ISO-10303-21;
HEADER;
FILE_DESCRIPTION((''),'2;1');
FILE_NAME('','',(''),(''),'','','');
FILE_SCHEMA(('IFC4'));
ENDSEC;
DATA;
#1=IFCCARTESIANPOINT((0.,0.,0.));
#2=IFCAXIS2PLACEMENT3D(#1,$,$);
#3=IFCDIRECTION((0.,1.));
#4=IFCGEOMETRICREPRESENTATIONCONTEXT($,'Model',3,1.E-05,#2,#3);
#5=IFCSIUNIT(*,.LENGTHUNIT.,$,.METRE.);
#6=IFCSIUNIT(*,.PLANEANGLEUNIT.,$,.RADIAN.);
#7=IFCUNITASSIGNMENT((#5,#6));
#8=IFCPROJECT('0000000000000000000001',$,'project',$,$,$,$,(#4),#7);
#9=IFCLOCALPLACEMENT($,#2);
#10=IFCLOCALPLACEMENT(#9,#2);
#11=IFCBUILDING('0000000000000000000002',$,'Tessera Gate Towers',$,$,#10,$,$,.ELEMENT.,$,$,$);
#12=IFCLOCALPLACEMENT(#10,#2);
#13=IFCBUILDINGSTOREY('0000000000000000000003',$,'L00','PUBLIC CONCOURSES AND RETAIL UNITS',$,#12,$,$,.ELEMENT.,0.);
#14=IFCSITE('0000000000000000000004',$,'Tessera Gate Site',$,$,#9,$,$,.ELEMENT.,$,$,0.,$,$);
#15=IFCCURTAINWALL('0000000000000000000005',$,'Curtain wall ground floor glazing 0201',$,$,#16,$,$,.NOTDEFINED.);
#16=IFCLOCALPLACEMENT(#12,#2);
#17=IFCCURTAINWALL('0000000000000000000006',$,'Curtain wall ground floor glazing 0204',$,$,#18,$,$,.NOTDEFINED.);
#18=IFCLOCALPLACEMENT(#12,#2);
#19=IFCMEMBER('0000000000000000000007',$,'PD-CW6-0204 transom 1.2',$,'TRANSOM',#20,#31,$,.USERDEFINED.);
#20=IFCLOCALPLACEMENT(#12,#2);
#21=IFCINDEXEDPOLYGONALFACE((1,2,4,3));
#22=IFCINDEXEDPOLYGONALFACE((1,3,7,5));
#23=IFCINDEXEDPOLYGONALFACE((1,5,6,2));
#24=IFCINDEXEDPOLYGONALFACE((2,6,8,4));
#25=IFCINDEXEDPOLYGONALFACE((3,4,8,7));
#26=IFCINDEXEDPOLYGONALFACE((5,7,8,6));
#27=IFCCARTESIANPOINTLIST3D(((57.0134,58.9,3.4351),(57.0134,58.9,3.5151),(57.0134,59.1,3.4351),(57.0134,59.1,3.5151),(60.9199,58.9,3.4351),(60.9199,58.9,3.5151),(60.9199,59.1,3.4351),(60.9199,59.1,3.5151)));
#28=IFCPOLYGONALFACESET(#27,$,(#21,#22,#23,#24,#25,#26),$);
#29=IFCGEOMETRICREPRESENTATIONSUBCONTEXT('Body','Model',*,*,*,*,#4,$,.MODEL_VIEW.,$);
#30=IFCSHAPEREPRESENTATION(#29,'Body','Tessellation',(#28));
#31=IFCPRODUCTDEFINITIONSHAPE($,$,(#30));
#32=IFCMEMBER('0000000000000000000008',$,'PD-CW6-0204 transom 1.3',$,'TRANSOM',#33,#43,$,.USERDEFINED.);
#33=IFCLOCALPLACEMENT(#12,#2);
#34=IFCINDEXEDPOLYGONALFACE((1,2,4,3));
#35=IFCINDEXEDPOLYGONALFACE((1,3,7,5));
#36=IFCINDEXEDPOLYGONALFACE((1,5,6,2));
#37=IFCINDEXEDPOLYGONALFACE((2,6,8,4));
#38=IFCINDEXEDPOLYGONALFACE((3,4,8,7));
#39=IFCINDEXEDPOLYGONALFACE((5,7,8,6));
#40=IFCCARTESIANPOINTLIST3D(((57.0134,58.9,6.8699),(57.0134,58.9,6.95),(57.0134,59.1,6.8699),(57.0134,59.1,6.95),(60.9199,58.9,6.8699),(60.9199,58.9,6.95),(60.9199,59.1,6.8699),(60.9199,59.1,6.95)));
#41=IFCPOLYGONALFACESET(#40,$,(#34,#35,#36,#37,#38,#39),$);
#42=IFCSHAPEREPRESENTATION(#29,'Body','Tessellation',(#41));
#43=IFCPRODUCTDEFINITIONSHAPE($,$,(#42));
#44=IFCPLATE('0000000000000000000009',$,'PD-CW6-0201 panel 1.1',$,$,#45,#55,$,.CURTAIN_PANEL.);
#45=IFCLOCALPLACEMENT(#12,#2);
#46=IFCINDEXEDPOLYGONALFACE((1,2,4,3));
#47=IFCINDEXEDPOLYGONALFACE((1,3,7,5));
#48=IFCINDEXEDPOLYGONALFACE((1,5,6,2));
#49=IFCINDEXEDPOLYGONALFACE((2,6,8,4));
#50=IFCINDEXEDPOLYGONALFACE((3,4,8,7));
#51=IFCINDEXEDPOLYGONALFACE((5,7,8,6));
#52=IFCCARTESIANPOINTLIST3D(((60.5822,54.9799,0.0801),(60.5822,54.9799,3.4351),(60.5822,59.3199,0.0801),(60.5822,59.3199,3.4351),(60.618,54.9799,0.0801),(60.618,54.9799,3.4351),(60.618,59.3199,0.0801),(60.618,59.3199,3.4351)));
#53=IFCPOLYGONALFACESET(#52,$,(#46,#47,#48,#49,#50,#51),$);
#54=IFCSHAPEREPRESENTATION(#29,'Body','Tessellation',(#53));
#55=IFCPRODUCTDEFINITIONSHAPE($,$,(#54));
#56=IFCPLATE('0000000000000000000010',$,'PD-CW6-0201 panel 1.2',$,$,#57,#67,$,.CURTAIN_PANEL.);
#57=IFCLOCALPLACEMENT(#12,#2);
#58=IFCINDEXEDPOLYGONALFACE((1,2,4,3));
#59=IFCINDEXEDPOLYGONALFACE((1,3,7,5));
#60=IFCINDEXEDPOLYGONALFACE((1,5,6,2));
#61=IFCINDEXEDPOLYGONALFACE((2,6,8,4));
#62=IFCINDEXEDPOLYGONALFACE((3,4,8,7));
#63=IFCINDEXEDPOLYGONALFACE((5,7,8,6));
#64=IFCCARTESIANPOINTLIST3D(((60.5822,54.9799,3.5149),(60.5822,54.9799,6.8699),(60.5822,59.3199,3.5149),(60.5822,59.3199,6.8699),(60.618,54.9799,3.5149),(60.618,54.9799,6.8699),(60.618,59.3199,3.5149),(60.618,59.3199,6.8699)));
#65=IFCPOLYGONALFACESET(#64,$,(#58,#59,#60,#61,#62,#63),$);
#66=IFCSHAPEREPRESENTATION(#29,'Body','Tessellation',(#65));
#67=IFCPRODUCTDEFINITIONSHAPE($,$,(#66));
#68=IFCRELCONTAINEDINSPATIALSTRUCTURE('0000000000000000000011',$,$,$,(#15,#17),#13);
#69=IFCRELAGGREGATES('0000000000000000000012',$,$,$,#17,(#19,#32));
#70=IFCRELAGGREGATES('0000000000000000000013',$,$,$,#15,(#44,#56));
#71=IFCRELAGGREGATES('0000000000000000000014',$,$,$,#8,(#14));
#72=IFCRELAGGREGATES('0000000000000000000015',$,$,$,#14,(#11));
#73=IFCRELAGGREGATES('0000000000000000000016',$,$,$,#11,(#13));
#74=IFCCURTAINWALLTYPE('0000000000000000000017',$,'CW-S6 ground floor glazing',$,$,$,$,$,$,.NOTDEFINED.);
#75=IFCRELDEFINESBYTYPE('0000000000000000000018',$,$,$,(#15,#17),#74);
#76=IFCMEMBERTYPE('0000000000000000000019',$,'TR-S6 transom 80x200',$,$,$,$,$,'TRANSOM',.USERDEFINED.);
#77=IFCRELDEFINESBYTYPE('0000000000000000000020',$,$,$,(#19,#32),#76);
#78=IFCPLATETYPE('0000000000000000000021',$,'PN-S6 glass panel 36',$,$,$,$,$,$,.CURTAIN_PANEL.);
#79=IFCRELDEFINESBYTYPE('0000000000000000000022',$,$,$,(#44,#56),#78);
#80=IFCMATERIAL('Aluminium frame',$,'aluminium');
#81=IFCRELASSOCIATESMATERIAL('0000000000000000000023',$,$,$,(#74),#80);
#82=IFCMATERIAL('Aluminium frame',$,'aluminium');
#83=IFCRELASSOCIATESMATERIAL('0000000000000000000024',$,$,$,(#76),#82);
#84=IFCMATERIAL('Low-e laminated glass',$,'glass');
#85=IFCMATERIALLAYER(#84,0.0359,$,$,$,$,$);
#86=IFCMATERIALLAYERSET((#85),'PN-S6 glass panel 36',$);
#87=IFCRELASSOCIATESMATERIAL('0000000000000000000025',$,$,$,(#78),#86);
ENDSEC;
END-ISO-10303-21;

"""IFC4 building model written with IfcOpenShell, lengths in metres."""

from ifc_helpers import new_model, si_unit, direction, frame, origin, origin_2d, place, context, subcontext, project, spatial, rectangle, extrude, material, layer, layer_set, material_profile, profile_set, type_object, element, aggregate, save


model = new_model("IFC4")

# Units and contexts
model_context = context("Model", 3, precision=1e-05, world=origin(), true_north=direction((0.0, 1.0)))
body_context = subcontext(model_context, "Body", "Model", "MODEL_VIEW")
ifc_project = project(units=[si_unit("LENGTHUNIT", "METRE"), si_unit("PLANEANGLEUNIT", "RADIAN")], contexts=[model_context])

# Site, building, storey
site_placement = place(None, origin())
site = spatial("IfcSite", under=ifc_project, at=site_placement, Name="Tessera Gate Site", CompositionType="ELEMENT", RefElevation=0.0)
building_placement = place(site_placement, origin())
building = spatial("IfcBuilding", under=site, at=building_placement, Name="Tessera Gate Towers", CompositionType="ELEMENT")
storey_placement = place(building_placement, origin())
storey = spatial("IfcBuildingStorey", under=building, at=storey_placement, Name="L00", Description="PUBLIC CONCOURSES AND RETAIL UNITS", CompositionType="ELEMENT", Elevation=0.0)

# Curtain wall
ifc_material_1 = material(Name="Aluminium frame", Category="aluminium")
curtain_wall_type = type_object("IfcCurtainWallType", Name="CW-S6 ground floor glazing", PredefinedType="NOTDEFINED", material=ifc_material_1)
curtain_wall_1_placement = place(storey_placement, origin())
curtain_wall_1 = element("IfcCurtainWall", 1, at=curtain_wall_1_placement, inside=storey, type_object=curtain_wall_type, Name="Curtain wall ground floor glazing 0201", PredefinedType="NOTDEFINED")

# Curtain wall
curtain_wall_2_placement = place(storey_placement, origin())
curtain_wall_2 = element("IfcCurtainWall", 2, at=curtain_wall_2_placement, inside=storey, type_object=curtain_wall_type, Name="Curtain wall ground floor glazing 0204", PredefinedType="NOTDEFINED")

# Members
ifc_material_2 = material(Name="Aluminium frame", Category="aluminium")
ifc_material_profile_1 = material_profile(ifc_material_2, rectangle(XDim=0.2, YDim=0.0801, at=origin_2d()), Name="AL 80x200")
ifc_profile_set_1 = profile_set([ifc_material_profile_1], Name="Aluminium frame")
member_type_1 = type_object("IfcMemberType", Name="TR-S6 transom 80x200", ElementType="TRANSOM", PredefinedType="USERDEFINED", material=ifc_profile_set_1)
member_1_placement = place(storey_placement, frame((60.9199, 59.0, 3.4751), z_axis=(-1.0, 0.0, 0.0), x_axis=(0.0, -1.0, 0.0)))
member_1 = element("IfcMember", 3, at=member_1_placement, type_object=member_type_1, Name="PD-CW6-0204 transom 1.2", ObjectType="TRANSOM", PredefinedType="USERDEFINED", context=body_context, shape_type="SweptSolid", body=[
    extrude(rectangle(XDim=0.2, YDim=0.0801, at=origin_2d()), origin(), (0.0, 0.0, 1.0), 3.9065),
])
member_2_placement = place(storey_placement, frame((60.9199, 59.0, 6.9099), z_axis=(-1.0, 0.0, 0.0), x_axis=(0.0, -1.0, 0.0)))
member_2 = element("IfcMember", 4, at=member_2_placement, type_object=member_type_1, Name="PD-CW6-0204 transom 1.3", ObjectType="TRANSOM", PredefinedType="USERDEFINED", context=body_context, shape_type="SweptSolid", body=[
    extrude(rectangle(XDim=0.2, YDim=0.0801, at=origin_2d()), origin(), (0.0, 0.0, 1.0), 3.9065),
])
aggregate(curtain_wall_2, [member_1, member_2])

# Plates
ifc_material_3 = material(Name="Low-e laminated glass", Category="glass")
ifc_layer = layer(ifc_material_3, 0.0359)
ifc_layer_set = layer_set([ifc_layer], Name="PN-S6 glass panel 36")
plate_type = type_object("IfcPlateType", Name="PN-S6 glass panel 36", PredefinedType="CURTAIN_PANEL", material=ifc_layer_set)
plate_1_placement = place(storey_placement, frame((60.6001, 57.1499, 0.0801), z_axis=(0.0, 0.0, 1.0), x_axis=(0.0, 1.0, 0.0)))
plate_1 = element("IfcPlate", 5, at=plate_1_placement, type_object=plate_type, Name="PD-CW6-0201 panel 1.1", PredefinedType="CURTAIN_PANEL", context=body_context, shape_type="SweptSolid", body=[
    extrude(rectangle(XDim=4.3401, YDim=0.0359, at=origin_2d()), origin(), (0.0, 0.0, 1.0), 3.355),
])
plate_2_placement = place(storey_placement, frame((60.6001, 57.1499, 3.5149), z_axis=(0.0, 0.0, 1.0), x_axis=(0.0, 1.0, 0.0)))
plate_2 = element("IfcPlate", 6, at=plate_2_placement, type_object=plate_type, Name="PD-CW6-0201 panel 1.2", PredefinedType="CURTAIN_PANEL", context=body_context, shape_type="SweptSolid", body=[
    extrude(rectangle(XDim=4.3401, YDim=0.0359, at=origin_2d()), origin(), (0.0, 0.0, 1.0), 3.355),
])
aggregate(curtain_wall_1, [plate_1, plate_2])

save(model, "model.ifc")
